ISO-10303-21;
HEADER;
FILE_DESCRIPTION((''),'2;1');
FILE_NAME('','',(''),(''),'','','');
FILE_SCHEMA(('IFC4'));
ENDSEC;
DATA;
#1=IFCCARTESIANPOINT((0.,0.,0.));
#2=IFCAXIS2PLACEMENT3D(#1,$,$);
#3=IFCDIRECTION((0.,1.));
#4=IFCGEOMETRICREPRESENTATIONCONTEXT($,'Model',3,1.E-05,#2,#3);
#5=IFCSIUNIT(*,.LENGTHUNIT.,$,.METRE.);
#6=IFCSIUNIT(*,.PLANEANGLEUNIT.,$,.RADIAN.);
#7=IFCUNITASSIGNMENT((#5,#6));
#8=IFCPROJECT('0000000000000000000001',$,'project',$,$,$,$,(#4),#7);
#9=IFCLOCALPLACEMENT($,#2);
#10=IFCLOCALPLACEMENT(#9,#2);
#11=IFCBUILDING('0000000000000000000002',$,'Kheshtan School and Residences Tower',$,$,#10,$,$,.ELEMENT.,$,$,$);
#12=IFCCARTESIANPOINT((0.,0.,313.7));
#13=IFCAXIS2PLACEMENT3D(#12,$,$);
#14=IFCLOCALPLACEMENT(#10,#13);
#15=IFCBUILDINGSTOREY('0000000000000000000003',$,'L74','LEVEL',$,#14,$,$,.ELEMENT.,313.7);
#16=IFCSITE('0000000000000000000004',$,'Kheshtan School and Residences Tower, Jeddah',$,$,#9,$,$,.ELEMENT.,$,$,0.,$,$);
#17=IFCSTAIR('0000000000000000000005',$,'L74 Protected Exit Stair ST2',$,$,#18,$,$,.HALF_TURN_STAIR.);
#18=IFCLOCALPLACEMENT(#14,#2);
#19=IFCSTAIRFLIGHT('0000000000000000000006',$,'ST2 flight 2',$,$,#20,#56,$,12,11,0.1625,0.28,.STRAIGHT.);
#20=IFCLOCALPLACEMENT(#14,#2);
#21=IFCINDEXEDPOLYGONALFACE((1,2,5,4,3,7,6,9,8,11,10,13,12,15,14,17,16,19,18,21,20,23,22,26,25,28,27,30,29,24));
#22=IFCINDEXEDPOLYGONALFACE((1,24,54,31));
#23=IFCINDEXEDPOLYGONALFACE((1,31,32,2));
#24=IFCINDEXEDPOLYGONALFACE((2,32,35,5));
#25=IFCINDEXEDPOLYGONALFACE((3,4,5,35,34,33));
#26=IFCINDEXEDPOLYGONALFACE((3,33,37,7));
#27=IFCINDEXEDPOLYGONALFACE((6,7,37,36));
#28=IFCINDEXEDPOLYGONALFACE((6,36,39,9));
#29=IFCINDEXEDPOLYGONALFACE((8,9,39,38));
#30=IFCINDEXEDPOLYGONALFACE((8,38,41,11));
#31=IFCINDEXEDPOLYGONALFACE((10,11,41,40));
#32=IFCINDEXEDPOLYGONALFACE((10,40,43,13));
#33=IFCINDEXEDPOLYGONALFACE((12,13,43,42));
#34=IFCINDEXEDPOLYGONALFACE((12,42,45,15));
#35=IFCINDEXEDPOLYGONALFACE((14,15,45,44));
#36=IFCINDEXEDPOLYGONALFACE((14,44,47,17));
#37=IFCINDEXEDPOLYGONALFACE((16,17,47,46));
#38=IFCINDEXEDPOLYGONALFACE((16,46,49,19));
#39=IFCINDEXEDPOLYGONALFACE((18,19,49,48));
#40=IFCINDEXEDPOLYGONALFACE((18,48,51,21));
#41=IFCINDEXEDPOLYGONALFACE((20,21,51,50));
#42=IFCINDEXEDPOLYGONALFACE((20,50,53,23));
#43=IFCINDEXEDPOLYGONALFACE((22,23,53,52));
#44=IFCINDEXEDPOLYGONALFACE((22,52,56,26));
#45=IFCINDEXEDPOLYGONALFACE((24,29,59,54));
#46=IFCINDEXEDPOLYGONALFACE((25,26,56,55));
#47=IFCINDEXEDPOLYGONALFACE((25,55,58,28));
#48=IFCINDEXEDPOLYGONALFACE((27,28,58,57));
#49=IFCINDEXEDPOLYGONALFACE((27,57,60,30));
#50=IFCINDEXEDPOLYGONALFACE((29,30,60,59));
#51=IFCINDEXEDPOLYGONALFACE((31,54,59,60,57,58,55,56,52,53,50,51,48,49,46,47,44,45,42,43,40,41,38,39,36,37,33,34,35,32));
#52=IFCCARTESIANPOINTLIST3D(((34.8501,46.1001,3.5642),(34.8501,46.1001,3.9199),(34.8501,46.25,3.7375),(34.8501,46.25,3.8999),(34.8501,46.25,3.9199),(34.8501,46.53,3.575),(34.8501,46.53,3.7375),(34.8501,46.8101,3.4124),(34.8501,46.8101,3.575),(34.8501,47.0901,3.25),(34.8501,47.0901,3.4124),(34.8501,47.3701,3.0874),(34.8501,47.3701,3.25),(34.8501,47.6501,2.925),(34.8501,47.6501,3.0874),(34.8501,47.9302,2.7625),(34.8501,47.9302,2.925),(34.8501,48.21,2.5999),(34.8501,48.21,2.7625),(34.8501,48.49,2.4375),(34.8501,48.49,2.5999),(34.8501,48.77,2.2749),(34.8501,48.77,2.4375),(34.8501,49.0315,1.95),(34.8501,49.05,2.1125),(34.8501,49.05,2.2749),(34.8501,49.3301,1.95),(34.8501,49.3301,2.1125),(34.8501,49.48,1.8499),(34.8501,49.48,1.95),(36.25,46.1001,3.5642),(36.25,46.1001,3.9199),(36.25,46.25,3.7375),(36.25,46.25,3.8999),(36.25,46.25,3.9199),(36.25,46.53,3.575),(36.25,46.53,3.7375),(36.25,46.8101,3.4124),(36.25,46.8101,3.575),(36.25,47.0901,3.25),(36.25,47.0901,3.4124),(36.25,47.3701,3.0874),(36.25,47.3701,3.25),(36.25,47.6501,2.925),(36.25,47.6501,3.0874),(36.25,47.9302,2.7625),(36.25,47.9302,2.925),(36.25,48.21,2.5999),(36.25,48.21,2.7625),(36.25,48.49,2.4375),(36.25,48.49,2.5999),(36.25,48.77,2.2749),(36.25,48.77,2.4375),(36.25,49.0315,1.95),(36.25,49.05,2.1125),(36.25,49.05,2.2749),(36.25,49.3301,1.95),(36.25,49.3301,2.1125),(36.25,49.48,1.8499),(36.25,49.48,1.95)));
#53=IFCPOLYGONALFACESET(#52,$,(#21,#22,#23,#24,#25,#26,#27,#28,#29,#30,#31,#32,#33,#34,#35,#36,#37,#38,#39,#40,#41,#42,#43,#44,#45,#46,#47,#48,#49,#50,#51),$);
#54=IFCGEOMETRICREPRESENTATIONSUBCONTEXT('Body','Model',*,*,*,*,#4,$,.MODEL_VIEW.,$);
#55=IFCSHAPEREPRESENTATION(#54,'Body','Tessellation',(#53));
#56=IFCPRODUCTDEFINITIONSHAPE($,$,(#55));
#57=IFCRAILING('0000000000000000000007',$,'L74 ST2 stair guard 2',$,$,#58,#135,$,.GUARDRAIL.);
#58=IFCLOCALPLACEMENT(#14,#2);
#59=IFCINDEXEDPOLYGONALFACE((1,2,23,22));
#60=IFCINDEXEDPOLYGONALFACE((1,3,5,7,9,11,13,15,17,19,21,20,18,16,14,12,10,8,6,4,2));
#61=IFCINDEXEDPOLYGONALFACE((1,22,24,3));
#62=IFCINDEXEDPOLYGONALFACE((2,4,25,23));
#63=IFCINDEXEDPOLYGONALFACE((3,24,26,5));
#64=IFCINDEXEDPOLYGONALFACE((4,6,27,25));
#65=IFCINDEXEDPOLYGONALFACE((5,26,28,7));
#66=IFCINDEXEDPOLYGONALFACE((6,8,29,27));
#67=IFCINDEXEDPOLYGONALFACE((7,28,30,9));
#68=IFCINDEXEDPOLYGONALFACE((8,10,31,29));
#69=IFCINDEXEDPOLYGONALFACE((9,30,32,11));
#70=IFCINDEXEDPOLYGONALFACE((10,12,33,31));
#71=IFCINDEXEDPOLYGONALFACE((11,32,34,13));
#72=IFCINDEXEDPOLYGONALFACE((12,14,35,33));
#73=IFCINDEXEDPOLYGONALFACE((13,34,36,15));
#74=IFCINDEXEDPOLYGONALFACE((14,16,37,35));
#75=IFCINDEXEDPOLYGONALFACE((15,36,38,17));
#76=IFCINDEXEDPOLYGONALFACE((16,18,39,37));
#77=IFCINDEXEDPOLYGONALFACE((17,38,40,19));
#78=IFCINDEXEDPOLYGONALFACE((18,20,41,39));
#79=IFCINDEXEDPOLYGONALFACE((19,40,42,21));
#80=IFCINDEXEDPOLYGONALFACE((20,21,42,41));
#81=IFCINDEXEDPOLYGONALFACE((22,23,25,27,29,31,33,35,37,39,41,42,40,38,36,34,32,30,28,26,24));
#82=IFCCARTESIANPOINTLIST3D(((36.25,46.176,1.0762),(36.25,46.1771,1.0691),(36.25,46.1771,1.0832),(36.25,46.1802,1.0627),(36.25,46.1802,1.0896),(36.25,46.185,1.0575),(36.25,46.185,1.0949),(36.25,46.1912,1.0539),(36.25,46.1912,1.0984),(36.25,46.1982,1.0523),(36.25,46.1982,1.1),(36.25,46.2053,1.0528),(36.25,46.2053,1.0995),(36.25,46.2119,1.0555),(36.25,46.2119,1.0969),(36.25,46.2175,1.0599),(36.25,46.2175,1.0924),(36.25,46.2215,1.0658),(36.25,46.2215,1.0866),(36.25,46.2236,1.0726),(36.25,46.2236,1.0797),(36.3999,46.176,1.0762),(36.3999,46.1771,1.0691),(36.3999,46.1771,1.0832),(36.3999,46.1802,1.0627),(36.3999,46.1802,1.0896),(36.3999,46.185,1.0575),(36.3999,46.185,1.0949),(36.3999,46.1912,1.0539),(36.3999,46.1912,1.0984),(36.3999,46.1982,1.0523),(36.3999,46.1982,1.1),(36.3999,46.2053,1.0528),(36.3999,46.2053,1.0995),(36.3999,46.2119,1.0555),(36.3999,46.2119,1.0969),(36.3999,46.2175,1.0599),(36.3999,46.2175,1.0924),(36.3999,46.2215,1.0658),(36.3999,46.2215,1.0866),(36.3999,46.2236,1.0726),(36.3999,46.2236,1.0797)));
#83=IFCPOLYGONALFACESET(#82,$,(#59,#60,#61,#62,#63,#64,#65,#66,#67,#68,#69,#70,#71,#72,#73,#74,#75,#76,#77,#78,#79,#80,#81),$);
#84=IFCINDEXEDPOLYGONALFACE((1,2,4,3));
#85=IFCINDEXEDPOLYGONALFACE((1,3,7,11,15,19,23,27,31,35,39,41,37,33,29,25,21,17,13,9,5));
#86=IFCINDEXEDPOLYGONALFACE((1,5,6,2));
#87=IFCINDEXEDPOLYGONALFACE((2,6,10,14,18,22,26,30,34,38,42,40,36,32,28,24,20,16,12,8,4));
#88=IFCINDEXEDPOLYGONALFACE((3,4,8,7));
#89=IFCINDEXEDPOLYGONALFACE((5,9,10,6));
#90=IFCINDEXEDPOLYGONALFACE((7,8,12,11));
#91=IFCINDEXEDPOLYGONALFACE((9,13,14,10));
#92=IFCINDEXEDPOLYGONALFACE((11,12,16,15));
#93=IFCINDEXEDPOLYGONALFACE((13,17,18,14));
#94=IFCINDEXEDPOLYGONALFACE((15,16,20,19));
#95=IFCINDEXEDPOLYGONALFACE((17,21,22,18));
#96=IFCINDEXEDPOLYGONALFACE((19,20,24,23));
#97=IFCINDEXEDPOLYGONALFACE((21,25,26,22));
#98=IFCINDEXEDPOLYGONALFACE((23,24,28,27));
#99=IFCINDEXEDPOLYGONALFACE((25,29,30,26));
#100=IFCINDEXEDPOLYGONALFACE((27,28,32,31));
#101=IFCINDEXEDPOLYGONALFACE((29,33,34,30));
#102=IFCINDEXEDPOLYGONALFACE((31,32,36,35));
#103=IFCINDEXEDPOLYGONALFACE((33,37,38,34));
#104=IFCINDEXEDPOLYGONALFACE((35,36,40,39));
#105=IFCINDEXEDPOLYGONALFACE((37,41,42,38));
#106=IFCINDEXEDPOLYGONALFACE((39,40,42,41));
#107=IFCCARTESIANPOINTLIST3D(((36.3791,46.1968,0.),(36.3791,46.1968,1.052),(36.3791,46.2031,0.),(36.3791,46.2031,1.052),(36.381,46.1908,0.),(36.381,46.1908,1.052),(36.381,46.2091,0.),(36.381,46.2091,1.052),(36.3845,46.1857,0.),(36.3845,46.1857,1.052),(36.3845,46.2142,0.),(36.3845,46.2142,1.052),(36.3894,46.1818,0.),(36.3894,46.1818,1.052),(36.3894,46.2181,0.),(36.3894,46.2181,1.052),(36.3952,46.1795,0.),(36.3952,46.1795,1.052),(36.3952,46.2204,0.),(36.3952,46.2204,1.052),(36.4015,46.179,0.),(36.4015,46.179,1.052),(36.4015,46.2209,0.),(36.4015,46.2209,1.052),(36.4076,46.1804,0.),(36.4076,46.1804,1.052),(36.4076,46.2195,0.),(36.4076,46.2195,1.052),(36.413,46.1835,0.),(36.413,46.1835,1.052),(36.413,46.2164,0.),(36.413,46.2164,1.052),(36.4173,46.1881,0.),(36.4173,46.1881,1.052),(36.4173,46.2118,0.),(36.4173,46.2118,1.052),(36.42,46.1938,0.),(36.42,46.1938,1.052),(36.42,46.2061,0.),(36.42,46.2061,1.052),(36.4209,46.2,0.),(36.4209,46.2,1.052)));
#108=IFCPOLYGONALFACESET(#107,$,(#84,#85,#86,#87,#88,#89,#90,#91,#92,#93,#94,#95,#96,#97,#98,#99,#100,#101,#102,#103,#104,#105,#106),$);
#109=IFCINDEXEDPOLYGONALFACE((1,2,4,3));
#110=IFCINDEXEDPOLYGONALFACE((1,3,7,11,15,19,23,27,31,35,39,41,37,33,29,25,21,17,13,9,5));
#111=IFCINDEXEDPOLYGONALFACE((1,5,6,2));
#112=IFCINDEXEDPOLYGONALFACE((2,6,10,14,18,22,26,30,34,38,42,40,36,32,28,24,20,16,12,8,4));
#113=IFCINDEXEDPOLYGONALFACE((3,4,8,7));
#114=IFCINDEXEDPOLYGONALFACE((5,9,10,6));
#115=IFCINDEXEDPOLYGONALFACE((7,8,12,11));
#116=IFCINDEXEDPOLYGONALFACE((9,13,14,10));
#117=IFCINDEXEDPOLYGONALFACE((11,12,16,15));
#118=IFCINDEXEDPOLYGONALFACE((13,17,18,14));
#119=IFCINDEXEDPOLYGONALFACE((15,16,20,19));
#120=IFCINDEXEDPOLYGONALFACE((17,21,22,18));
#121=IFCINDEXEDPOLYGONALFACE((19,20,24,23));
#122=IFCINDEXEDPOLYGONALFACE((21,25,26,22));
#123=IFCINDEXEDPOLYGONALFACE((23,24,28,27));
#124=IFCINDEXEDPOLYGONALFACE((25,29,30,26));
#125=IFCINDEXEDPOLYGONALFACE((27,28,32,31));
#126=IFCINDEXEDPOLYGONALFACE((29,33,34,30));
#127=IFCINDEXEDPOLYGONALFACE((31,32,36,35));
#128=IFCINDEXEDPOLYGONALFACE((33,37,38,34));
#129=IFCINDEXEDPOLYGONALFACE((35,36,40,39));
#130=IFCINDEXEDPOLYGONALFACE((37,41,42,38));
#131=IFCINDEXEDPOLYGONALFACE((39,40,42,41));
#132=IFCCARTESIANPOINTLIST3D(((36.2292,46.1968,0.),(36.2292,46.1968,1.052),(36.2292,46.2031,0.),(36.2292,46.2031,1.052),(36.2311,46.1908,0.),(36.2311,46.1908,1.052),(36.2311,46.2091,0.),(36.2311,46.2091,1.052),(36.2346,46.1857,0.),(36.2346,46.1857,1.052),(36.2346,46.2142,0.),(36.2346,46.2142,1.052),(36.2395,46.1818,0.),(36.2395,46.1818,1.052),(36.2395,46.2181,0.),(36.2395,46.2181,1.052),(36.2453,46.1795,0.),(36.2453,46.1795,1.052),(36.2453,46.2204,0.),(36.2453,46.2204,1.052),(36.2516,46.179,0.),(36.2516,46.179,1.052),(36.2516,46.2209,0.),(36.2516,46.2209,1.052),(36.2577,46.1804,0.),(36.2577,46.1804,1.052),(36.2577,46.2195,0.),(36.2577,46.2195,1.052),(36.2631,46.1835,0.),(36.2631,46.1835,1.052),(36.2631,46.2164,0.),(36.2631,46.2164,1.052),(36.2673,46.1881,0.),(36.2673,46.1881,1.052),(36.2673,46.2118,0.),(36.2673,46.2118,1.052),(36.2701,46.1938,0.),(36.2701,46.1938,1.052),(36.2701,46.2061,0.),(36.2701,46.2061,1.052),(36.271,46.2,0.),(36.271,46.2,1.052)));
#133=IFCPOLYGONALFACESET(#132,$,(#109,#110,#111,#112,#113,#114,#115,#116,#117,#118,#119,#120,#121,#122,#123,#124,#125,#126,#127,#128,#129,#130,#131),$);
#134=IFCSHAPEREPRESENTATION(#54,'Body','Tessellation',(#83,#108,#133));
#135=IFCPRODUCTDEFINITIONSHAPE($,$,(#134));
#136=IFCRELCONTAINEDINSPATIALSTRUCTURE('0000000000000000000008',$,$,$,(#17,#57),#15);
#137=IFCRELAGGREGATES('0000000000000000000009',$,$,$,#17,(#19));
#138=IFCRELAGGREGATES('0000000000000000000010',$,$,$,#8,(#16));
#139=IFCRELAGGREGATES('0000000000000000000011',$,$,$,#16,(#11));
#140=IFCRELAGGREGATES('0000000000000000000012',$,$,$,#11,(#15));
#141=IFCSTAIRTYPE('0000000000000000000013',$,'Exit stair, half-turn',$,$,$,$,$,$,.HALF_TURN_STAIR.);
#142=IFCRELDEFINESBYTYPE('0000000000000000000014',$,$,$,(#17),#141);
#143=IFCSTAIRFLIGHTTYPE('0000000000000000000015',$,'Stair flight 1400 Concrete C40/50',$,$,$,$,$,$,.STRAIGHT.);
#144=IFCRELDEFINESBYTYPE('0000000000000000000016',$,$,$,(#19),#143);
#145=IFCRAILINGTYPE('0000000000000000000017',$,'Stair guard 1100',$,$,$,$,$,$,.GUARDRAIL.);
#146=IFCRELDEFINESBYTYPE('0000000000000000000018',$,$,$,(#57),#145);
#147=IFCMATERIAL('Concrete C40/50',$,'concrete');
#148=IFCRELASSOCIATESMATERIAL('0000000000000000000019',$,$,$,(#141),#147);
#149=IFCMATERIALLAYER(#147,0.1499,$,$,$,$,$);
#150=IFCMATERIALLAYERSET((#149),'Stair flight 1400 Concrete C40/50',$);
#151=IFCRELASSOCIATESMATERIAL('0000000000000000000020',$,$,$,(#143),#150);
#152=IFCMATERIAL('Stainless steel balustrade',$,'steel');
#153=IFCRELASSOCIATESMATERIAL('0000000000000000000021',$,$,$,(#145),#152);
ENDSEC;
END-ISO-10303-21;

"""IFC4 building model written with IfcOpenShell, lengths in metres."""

from ifc_helpers import new_model, si_unit, direction, frame, origin, origin_2d, place, context, subcontext, project, spatial, polyline, circle, outline, extrude, material, layer, layer_set, type_object, element, aggregate, save


model = new_model("IFC4")

# Units and contexts
model_context = context("Model", 3, precision=1e-05, world=origin(), true_north=direction((0.0, 1.0)))
body_context = subcontext(model_context, "Body", "Model", "MODEL_VIEW")
ifc_project = project(units=[si_unit("LENGTHUNIT", "METRE"), si_unit("PLANEANGLEUNIT", "RADIAN")], contexts=[model_context])

# Site, building, storey
site_placement = place(None, origin())
site = spatial("IfcSite", under=ifc_project, at=site_placement, Name="Kheshtan School and Residences Tower, Jeddah", CompositionType="ELEMENT", RefElevation=0.0)
building_placement = place(site_placement, origin())
building = spatial("IfcBuilding", under=site, at=building_placement, Name="Kheshtan School and Residences Tower", CompositionType="ELEMENT")
storey_placement = place(building_placement, frame((0.0, 0.0, 313.7)))
storey = spatial("IfcBuildingStorey", under=building, at=storey_placement, Name="L74", Description="LEVEL", CompositionType="ELEMENT", Elevation=313.7)

# Shared definitions
ifc_material_1 = material(Name="Concrete C40/50", Category="concrete")

# Stair, stair flight
stair_type = type_object("IfcStairType", Name="Exit stair, half-turn", PredefinedType="HALF_TURN_STAIR", material=ifc_material_1)
stair_placement = place(storey_placement, origin())
stair = element("IfcStair", 1, at=stair_placement, inside=storey, type_object=stair_type, Name="L74 Protected Exit Stair ST2", PredefinedType="HALF_TURN_STAIR")
ifc_layer_1 = layer(ifc_material_1, 0.1499)
ifc_layer_set_1 = layer_set([ifc_layer_1], Name="Stair flight 1400 Concrete C40/50")
stair_flight_type = type_object("IfcStairFlightType", Name="Stair flight 1400 Concrete C40/50", PredefinedType="STRAIGHT", material=ifc_layer_set_1)
stair_flight_1_placement = place(storey_placement, frame((35.55, 49.3301, 1.95), z_axis=(0.0, 0.0, 1.0), x_axis=(0.0, -1.0, 0.0)))
stair_flight_1 = element("IfcStairFlight", 2, at=stair_flight_1_placement, type_object=stair_flight_type, Name="ST2 flight 2", NumberOfRisers=12, NumberOfTreads=11, PredefinedType="STRAIGHT", RiserHeight=0.1625, TreadLength=0.28, context=body_context, shape_type="SweptSolid", body=[
    extrude(outline(polyline([(-0.1499, -0.1001), (-0.1499, 0.0), (0.0, 0.0), (0.0, 0.1626), (0.28, 0.1626), (0.28, 0.325), (0.5601, 0.325), (0.5601, 0.4875), (0.8401, 0.4875), (0.8401, 0.6499), (1.1201, 0.6499), (1.1201, 0.8125), (1.3999, 0.8125), (1.3999, 0.9751), (1.6799, 0.9751), (1.6799, 1.1375), (1.96, 1.1375), (1.96, 1.3), (2.24, 1.3), (2.24, 1.4624), (2.52, 1.4624), (2.52, 1.625), (2.8, 1.625), (2.8, 1.7876), (3.0801, 1.7876), (3.0801, 1.95), (3.0801, 1.97), (3.23, 1.97), (3.23, 1.6143), (0.2986, 0.0), (-0.1499, -0.1001)])), frame((0.0, 0.7, 0.0), z_axis=(0.0, -1.0, 0.0), x_axis=(1.0, 0.0, 0.0)), (0.0, 0.0, 1.0), 1.3999),
])
aggregate(stair, [stair_flight_1])

# Railing
ifc_material_2 = material(Name="Stainless steel balustrade", Category="steel")
railing_type_1 = type_object("IfcRailingType", Name="Stair guard 1100", PredefinedType="GUARDRAIL", material=ifc_material_2)
railing_1_placement = place(storey_placement, frame((36.3999, 46.2, 0.0)))
element("IfcRailing", 3, at=railing_1_placement, inside=storey, type_object=railing_type_1, Name="L74 ST2 stair guard 2", PredefinedType="GUARDRAIL", context=body_context, shape_type="SweptSolid", body=[
    extrude(circle(Radius=0.0239, at=origin_2d()), frame((0.0, 0.0, 1.0762), z_axis=(-1.0, 0.0, 0.0), x_axis=(0.0, -1.0, 0.0)), (0.0, 0.0, 1.0), 0.1499),
    extrude(circle(Radius=0.021, at=origin_2d()), origin(), (0.0, 0.0, 1.0), 1.052),
    extrude(circle(Radius=0.021, at=origin_2d()), frame((-0.1499, 0.0, 0.0)), (0.0, 0.0, 1.0), 1.052),
])

save(model, "model.ifc")
